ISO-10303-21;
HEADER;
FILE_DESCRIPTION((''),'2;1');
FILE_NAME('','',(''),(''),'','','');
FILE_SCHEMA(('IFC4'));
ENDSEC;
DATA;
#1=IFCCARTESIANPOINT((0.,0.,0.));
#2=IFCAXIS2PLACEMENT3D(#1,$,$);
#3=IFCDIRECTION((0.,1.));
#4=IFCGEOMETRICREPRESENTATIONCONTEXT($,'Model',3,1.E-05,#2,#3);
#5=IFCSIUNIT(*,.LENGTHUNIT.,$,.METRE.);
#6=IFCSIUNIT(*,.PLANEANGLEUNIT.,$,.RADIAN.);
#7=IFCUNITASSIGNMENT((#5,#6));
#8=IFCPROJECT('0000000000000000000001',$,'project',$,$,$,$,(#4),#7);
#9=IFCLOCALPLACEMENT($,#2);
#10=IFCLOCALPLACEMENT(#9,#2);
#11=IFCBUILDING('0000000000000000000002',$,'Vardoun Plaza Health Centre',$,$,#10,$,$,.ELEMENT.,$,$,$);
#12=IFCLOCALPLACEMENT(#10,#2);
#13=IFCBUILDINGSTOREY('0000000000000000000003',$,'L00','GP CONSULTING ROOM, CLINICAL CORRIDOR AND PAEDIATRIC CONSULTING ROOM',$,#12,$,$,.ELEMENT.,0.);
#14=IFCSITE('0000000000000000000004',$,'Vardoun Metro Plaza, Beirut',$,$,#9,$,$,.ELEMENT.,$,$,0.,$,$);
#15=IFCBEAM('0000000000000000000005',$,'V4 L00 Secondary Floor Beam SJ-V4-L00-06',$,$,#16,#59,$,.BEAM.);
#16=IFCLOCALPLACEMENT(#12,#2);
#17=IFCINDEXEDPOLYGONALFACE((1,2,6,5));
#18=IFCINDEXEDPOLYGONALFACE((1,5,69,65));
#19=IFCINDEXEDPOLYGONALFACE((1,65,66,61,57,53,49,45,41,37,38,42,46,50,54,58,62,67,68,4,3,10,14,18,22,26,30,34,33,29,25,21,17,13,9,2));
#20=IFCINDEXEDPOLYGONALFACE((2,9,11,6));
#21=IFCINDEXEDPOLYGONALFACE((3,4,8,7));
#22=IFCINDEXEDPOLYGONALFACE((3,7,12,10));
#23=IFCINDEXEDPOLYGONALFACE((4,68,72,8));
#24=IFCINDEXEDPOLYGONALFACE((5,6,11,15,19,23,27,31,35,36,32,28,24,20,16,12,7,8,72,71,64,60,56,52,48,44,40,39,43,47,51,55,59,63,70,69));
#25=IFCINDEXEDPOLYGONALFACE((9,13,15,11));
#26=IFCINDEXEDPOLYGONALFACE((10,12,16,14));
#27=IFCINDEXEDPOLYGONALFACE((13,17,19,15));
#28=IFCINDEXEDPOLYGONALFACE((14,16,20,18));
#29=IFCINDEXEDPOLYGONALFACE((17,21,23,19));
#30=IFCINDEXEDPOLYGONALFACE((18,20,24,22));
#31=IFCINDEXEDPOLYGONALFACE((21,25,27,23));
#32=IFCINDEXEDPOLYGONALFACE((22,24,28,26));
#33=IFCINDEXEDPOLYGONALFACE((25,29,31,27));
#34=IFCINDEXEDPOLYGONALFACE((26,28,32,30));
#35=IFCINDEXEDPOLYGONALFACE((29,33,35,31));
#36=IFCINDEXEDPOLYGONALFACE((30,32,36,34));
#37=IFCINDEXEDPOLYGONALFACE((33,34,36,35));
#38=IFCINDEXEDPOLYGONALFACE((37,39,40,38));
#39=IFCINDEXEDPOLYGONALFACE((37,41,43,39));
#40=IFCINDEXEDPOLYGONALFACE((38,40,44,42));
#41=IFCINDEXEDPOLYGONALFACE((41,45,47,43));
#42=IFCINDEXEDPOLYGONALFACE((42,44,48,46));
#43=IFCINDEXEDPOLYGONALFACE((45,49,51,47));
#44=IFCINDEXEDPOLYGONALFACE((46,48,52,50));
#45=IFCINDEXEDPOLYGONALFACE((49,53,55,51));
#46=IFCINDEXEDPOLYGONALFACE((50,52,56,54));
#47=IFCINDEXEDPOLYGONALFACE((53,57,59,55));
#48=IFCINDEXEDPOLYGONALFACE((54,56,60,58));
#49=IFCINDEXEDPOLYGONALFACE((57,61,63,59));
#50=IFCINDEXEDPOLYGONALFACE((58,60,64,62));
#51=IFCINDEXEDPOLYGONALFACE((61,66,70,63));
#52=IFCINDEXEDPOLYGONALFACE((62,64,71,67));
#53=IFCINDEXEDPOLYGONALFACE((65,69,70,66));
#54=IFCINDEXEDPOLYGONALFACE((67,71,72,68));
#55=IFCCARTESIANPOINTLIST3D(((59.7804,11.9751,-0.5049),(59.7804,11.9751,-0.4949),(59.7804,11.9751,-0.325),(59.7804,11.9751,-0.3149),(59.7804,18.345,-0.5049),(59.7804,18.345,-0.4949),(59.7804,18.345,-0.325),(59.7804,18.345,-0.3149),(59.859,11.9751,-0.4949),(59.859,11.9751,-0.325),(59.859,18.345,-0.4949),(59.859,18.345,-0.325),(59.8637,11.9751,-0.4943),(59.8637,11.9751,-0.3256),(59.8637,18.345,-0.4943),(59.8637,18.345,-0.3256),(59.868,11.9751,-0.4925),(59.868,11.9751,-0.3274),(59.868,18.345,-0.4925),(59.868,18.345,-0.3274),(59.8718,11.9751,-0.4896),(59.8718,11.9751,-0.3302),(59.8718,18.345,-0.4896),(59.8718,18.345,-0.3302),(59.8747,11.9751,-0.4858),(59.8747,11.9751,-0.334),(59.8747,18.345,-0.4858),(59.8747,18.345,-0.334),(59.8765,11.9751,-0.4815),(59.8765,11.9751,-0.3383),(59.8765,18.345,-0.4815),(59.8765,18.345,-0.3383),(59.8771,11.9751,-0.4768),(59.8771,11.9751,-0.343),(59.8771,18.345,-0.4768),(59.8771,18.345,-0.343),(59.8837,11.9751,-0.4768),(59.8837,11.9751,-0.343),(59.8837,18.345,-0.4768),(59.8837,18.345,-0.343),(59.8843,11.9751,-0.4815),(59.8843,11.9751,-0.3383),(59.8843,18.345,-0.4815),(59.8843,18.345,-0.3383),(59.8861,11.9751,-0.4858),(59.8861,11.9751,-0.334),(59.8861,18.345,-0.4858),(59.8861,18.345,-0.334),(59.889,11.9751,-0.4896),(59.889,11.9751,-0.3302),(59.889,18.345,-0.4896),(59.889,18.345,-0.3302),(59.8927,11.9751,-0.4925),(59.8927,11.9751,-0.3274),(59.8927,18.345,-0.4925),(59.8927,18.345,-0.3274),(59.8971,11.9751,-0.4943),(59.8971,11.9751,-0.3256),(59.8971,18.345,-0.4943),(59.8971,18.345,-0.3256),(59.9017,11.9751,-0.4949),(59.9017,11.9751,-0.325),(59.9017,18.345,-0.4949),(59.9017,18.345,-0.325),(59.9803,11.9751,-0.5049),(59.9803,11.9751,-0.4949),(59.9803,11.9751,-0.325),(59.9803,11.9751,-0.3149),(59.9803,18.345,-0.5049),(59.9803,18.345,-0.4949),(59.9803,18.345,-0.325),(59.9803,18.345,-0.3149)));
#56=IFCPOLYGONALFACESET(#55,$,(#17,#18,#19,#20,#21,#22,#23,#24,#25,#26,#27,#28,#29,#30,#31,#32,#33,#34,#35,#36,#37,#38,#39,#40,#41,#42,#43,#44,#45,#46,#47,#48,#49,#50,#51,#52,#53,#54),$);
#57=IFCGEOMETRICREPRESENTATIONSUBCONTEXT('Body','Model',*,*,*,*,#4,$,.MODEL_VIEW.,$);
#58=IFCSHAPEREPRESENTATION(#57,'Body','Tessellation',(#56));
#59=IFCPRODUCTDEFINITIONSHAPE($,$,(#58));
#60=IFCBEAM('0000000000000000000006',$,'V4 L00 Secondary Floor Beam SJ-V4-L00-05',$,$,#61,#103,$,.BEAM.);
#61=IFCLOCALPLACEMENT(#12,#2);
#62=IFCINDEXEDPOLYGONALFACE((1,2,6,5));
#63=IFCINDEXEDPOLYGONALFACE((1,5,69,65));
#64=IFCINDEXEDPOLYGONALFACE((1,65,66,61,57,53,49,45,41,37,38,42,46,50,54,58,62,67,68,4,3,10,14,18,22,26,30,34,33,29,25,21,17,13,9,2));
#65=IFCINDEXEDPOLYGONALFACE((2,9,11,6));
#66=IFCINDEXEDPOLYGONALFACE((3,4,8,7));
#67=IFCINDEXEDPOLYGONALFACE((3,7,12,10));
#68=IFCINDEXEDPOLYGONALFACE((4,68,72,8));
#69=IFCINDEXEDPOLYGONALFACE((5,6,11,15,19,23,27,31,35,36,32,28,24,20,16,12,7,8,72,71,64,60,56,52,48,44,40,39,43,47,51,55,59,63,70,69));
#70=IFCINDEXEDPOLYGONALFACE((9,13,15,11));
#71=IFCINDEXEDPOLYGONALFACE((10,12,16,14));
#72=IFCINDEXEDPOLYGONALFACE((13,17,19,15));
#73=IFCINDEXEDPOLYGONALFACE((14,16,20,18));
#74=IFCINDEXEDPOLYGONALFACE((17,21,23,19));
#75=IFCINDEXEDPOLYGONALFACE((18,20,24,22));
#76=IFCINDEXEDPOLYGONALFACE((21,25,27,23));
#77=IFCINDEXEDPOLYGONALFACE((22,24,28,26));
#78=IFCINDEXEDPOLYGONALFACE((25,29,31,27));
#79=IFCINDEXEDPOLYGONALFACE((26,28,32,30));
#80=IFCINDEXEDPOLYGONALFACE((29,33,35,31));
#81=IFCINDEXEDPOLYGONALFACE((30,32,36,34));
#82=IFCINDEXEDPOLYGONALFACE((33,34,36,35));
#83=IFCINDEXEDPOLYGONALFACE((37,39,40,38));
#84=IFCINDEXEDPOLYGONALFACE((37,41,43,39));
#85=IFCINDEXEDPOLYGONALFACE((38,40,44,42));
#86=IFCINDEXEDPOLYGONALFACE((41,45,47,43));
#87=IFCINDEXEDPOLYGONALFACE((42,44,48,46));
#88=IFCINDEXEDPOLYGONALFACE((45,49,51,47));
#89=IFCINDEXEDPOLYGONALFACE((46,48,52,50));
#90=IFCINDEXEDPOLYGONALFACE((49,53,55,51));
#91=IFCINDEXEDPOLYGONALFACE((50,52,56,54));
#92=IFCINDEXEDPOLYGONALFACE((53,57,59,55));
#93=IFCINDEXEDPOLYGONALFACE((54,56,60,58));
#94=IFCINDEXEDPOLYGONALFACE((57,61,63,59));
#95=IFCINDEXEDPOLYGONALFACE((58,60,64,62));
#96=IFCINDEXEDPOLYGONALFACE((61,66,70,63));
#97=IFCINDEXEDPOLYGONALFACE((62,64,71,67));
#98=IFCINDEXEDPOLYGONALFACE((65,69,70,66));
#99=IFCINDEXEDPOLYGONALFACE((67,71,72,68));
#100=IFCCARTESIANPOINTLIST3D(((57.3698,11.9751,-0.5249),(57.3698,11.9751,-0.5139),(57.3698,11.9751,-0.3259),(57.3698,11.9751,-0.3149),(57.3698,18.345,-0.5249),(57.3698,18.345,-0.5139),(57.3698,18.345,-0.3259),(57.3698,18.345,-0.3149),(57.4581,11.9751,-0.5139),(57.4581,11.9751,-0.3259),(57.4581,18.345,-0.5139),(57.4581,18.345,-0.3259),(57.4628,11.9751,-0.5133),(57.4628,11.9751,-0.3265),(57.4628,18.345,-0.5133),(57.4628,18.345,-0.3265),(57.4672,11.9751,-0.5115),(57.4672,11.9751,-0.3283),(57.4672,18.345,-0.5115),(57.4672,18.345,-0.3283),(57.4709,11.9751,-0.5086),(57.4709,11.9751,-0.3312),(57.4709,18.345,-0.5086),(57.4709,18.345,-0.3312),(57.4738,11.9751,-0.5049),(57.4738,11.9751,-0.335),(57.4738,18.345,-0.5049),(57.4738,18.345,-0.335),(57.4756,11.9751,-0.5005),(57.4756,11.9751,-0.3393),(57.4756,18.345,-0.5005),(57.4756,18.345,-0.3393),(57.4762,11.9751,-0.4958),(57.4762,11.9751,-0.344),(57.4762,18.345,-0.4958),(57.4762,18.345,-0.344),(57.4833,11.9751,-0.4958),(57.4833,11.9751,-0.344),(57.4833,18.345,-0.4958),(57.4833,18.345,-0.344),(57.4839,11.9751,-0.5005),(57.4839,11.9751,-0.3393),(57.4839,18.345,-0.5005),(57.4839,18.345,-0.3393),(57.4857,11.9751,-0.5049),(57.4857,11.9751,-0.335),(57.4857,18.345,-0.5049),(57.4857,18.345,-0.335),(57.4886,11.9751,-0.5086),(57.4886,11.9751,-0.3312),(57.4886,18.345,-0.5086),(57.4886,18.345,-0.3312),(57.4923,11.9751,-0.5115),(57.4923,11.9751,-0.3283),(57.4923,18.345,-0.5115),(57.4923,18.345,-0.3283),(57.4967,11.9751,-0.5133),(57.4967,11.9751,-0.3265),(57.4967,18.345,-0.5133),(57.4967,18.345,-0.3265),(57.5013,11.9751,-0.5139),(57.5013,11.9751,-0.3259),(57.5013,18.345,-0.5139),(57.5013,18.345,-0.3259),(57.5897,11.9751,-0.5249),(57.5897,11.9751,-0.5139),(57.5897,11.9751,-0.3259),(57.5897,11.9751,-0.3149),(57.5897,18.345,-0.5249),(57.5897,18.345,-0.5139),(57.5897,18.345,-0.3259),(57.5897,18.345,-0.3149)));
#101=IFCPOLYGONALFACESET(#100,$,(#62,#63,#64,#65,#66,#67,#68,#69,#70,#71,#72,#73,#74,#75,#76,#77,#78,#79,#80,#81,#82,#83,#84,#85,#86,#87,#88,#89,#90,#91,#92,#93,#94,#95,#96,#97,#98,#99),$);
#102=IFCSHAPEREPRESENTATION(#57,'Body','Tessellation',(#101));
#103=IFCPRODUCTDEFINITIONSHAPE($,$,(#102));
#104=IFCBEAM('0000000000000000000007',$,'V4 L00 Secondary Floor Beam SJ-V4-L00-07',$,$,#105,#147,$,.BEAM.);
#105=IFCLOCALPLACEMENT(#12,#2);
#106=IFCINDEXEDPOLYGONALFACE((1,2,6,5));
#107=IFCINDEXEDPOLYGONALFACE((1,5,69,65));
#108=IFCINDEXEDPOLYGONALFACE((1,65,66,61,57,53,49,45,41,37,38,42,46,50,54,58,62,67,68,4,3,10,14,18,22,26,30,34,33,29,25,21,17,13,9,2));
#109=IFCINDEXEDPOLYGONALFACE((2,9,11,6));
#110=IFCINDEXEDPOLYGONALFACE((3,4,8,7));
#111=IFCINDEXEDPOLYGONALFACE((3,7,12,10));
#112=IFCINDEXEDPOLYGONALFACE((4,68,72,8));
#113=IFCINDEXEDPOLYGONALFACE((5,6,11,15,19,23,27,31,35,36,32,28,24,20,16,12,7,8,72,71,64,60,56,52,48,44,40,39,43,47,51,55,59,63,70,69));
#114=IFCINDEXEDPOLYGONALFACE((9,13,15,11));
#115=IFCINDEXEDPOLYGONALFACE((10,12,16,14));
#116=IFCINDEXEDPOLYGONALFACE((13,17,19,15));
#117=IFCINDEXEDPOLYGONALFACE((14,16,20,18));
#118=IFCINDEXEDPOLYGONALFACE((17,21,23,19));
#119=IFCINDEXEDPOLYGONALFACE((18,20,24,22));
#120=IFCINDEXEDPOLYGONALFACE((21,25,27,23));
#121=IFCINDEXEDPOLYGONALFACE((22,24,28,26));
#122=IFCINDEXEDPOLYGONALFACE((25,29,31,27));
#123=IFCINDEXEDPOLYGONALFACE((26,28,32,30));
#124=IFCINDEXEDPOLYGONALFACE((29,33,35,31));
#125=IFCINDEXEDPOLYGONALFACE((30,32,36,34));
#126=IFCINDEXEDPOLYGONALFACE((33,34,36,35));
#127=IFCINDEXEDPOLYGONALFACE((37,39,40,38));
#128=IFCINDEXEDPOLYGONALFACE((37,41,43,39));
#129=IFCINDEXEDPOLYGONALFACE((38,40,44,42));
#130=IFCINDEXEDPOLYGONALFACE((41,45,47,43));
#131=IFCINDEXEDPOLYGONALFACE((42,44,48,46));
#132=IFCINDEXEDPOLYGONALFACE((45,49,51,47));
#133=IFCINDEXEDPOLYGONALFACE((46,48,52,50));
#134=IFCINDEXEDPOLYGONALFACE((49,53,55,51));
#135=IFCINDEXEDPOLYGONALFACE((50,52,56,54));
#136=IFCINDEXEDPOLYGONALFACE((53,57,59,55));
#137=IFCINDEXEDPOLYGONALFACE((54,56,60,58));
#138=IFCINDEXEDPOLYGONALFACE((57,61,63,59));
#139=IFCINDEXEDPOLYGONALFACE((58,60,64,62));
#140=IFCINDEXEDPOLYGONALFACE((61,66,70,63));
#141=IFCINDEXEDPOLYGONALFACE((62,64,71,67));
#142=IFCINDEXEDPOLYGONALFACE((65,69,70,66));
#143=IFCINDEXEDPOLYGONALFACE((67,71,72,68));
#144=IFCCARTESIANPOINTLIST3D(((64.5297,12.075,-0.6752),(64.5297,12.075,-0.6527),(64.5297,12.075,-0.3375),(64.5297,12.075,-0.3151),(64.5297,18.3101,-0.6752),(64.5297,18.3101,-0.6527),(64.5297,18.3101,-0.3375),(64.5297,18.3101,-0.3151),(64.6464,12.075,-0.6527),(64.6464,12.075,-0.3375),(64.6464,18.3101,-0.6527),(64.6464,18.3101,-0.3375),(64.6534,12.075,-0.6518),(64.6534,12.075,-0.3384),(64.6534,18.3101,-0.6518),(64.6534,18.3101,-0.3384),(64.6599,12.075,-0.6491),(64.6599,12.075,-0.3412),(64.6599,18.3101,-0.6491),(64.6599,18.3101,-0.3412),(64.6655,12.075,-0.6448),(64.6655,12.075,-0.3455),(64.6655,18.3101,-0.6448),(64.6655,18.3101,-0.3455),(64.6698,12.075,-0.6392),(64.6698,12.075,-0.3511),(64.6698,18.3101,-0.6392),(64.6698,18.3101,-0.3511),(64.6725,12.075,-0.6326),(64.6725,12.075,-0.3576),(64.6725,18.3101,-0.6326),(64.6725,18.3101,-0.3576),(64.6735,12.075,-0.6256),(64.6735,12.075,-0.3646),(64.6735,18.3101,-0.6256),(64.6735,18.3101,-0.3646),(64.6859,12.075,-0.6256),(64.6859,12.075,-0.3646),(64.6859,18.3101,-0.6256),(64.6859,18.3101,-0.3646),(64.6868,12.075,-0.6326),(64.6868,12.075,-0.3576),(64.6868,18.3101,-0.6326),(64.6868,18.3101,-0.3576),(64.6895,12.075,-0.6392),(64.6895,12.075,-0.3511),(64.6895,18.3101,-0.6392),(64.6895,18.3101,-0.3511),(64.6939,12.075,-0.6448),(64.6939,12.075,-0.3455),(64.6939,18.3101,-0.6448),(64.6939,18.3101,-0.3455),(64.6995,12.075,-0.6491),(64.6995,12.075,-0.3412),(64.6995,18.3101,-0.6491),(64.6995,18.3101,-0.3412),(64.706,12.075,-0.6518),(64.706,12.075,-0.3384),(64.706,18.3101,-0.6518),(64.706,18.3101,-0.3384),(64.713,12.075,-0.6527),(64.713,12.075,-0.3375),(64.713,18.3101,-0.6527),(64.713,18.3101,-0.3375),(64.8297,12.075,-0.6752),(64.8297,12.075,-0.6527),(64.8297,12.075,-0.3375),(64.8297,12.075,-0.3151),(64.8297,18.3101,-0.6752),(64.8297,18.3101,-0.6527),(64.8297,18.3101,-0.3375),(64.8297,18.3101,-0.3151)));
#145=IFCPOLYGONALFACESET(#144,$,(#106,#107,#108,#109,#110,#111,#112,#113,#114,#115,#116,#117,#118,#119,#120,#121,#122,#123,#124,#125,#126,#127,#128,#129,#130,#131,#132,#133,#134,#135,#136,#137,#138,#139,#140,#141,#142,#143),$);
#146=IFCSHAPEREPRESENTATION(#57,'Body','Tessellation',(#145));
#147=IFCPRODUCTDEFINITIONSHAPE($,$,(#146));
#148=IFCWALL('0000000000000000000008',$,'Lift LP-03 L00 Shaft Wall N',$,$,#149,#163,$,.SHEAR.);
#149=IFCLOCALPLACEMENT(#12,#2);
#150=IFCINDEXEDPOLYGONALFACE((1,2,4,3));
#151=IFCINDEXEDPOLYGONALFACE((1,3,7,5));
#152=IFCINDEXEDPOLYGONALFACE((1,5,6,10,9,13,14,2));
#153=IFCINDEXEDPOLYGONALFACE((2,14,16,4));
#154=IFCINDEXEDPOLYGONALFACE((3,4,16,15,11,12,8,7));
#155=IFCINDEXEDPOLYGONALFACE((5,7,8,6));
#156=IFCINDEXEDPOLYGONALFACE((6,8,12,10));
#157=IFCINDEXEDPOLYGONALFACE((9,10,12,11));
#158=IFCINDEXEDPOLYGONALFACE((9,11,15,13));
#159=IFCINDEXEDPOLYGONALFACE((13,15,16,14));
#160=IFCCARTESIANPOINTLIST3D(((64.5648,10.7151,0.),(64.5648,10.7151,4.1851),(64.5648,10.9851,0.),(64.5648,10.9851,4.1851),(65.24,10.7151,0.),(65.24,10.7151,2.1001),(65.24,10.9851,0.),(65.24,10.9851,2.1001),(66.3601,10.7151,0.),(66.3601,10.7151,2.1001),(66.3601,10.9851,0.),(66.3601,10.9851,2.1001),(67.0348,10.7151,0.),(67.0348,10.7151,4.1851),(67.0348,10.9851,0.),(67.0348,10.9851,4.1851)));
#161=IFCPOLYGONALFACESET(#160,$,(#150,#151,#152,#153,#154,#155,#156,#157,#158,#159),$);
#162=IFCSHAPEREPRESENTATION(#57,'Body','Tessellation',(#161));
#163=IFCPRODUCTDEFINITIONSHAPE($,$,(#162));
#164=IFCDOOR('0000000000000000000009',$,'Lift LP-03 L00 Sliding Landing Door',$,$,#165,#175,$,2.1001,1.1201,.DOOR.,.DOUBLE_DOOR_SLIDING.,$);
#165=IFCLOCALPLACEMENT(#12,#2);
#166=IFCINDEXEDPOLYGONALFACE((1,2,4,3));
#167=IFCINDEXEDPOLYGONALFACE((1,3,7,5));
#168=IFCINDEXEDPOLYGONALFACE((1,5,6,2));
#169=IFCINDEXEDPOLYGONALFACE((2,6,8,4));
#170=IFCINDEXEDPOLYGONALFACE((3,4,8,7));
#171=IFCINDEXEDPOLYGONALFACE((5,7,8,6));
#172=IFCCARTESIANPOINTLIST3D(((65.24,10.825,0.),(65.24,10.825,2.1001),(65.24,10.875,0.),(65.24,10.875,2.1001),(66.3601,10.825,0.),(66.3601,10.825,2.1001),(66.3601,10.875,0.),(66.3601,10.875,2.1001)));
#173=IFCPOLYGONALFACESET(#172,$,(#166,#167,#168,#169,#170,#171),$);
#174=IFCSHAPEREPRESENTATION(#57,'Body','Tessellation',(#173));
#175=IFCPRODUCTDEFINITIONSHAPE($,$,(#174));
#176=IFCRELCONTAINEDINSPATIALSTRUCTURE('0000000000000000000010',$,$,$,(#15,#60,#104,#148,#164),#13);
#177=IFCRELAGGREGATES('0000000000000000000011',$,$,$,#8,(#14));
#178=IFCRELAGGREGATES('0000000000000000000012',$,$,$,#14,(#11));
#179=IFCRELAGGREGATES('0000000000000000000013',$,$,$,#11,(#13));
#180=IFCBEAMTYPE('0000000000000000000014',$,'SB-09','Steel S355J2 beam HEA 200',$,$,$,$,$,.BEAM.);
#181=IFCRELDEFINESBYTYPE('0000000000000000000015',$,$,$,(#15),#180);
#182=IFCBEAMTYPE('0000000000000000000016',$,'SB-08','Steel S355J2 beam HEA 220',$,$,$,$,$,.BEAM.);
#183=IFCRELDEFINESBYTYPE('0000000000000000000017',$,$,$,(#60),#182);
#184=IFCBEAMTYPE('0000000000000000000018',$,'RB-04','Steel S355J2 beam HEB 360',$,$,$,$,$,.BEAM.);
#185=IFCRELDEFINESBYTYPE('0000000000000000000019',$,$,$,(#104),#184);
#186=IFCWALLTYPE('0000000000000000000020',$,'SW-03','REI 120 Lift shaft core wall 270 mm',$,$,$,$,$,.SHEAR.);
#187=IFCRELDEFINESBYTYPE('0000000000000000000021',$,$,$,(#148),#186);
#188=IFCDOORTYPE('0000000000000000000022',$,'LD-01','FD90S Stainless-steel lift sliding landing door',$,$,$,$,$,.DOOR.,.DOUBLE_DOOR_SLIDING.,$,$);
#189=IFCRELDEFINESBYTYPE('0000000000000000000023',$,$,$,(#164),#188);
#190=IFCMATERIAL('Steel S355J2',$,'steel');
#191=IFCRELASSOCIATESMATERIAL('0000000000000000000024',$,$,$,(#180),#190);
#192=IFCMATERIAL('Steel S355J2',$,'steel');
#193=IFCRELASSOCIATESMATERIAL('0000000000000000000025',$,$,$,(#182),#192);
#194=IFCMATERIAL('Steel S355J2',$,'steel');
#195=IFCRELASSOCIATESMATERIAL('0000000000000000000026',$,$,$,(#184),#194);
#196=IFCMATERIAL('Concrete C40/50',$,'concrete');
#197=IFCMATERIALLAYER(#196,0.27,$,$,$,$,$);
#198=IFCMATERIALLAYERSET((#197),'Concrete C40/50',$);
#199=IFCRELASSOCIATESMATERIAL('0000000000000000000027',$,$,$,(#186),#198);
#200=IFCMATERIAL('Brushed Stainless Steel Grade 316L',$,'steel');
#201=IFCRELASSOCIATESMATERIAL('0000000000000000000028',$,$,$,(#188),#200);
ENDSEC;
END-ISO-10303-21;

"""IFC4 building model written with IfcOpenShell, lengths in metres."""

from ifc_helpers import new_model, si_unit, direction, frame, frame_2d, origin, origin_2d, place, context, subcontext, project, spatial, rectangle, i_section, extrude, material, layer, layer_set, material_profile, profile_set, type_object, element, fill, save


model = new_model("IFC4")

# Units and contexts
model_context = context("Model", 3, precision=1e-05, world=origin(), true_north=direction((0.0, 1.0)))
body_context = subcontext(model_context, "Body", "Model", "MODEL_VIEW")
ifc_project = project(units=[si_unit("LENGTHUNIT", "METRE"), si_unit("PLANEANGLEUNIT", "RADIAN")], contexts=[model_context])

# Site, building, storey
site_placement = place(None, origin())
site = spatial("IfcSite", under=ifc_project, at=site_placement, Name="Vardoun Metro Plaza, Beirut", CompositionType="ELEMENT", RefElevation=0.0)
building_placement = place(site_placement, origin())
building = spatial("IfcBuilding", under=site, at=building_placement, Name="Vardoun Plaza Health Centre", CompositionType="ELEMENT")
storey_placement = place(building_placement, origin())
storey = spatial("IfcBuildingStorey", under=building, at=storey_placement, Name="L00", Description="GP CONSULTING ROOM, CLINICAL CORRIDOR AND PAEDIATRIC CONSULTING ROOM", CompositionType="ELEMENT", Elevation=0.0)

# Beams
ifc_material_1 = material(Name="Steel S355J2", Category="steel")
ifc_material_profile_1 = material_profile(ifc_material_1, i_section(OverallWidth=0.2, OverallDepth=0.1899, WebThickness=0.0066, FlangeThickness=0.01, FilletRadius=0.0181, at=origin_2d()), Name="HEA 200")
ifc_profile_set_1 = profile_set([ifc_material_profile_1], Name="Steel S355J2")
beam_type_1 = type_object("IfcBeamType", Name="SB-09", Description="Steel S355J2 beam HEA 200", PredefinedType="BEAM", material=ifc_profile_set_1)
beam_1_placement = place(storey_placement, frame((59.8804, 11.9751, -0.4099), z_axis=(0.0, 1.0, 0.0), x_axis=(-1.0, 0.0, 0.0)))
element("IfcBeam", 1, at=beam_1_placement, inside=storey, type_object=beam_type_1, Name="V4 L00 Secondary Floor Beam SJ-V4-L00-06", PredefinedType="BEAM", context=body_context, shape_type="SweptSolid", body=[
    extrude(i_section(OverallWidth=0.2, OverallDepth=0.1899, WebThickness=0.0066, FlangeThickness=0.01, FilletRadius=0.0181, at=origin_2d()), origin(), (0.0, 0.0, 1.0), 6.3699),
])
ifc_material_2 = material(Name="Steel S355J2", Category="steel")
ifc_material_profile_2 = material_profile(ifc_material_2, i_section(OverallWidth=0.22, OverallDepth=0.21, WebThickness=0.0071, FlangeThickness=0.011, FilletRadius=0.0181, at=origin_2d()), Name="HEA 220")
ifc_profile_set_2 = profile_set([ifc_material_profile_2], Name="Steel S355J2")
beam_type_2 = type_object("IfcBeamType", Name="SB-08", Description="Steel S355J2 beam HEA 220", PredefinedType="BEAM", material=ifc_profile_set_2)
beam_2_placement = place(storey_placement, frame((57.4797, 11.9751, -0.4199), z_axis=(0.0, 1.0, 0.0), x_axis=(-1.0, 0.0, 0.0)))
element("IfcBeam", 2, at=beam_2_placement, inside=storey, type_object=beam_type_2, Name="V4 L00 Secondary Floor Beam SJ-V4-L00-05", PredefinedType="BEAM", context=body_context, shape_type="SweptSolid", body=[
    extrude(i_section(OverallWidth=0.22, OverallDepth=0.21, WebThickness=0.0071, FlangeThickness=0.011, FilletRadius=0.0181, at=origin_2d()), origin(), (0.0, 0.0, 1.0), 6.3699),
])
ifc_material_3 = material(Name="Steel S355J2", Category="steel")
ifc_material_profile_3 = material_profile(ifc_material_3, i_section(OverallWidth=0.3, OverallDepth=0.3601, WebThickness=0.0125, FlangeThickness=0.0225, FilletRadius=0.0271, at=origin_2d()), Name="HEB 360")
ifc_profile_set_3 = profile_set([ifc_material_profile_3], Name="Steel S355J2")
beam_type_3 = type_object("IfcBeamType", Name="RB-04", Description="Steel S355J2 beam HEB 360", PredefinedType="BEAM", material=ifc_profile_set_3)
beam_3_placement = place(storey_placement, frame((64.6797, 12.075, -0.4951), z_axis=(0.0, 1.0, 0.0), x_axis=(-1.0, 0.0, 0.0)))
element("IfcBeam", 3, at=beam_3_placement, inside=storey, type_object=beam_type_3, Name="V4 L00 Secondary Floor Beam SJ-V4-L00-07", PredefinedType="BEAM", context=body_context, shape_type="SweptSolid", body=[
    extrude(i_section(OverallWidth=0.3, OverallDepth=0.3601, WebThickness=0.0125, FlangeThickness=0.0225, FilletRadius=0.0271, at=origin_2d()), origin(), (0.0, 0.0, 1.0), 6.2351),
])

# Wall, opening, door
ifc_material_4 = material(Name="Concrete C40/50", Category="concrete")
ifc_layer_1 = layer(ifc_material_4, 0.27)
ifc_layer_set_1 = layer_set([ifc_layer_1], Name="Concrete C40/50")
wall_type_1 = type_object("IfcWallType", Name="SW-03", Description="REI 120 Lift shaft core wall 270 mm", PredefinedType="SHEAR", material=ifc_layer_set_1)
wall_1_placement = place(storey_placement, frame((64.5649, 10.8501, 0.0), z_axis=(0.0, 0.0, 1.0), x_axis=(1.0, 0.0, 0.0)))
wall_1 = element("IfcWall", 4, at=wall_1_placement, inside=storey, type_object=wall_type_1, Name="Lift LP-03 L00 Shaft Wall N", PredefinedType="SHEAR", context=body_context, shape_type="SweptSolid", body=[
    extrude(rectangle(XDim=2.47, YDim=0.27, at=frame_2d((1.2349, 0.0))), origin(), (0.0, 0.0, 1.0), 4.1851),
])
opening_1_placement = place(wall_1_placement, frame((0.675, 0.0, 0.0)))
opening_1 = element("IfcOpeningElement", 5, at=opening_1_placement, cuts=wall_1, PredefinedType="OPENING", context=body_context, shape_type="SweptSolid", body=[
    extrude(rectangle(XDim=1.1201, YDim=2.1001, at=frame_2d((0.5601, 1.05))), frame((0.0, 0.135, 0.0), z_axis=(0.0, -1.0, 0.0), x_axis=(1.0, 0.0, 0.0)), (0.0, 0.0, 1.0), 0.27),
])
ifc_material_5 = material(Name="Brushed Stainless Steel Grade 316L", Category="steel")
door_type_1 = type_object("IfcDoorType", Name="LD-01", Description="FD90S Stainless-steel lift sliding landing door", OperationType="DOUBLE_DOOR_SLIDING", PredefinedType="DOOR", material=ifc_material_5)
door_1_placement = place(opening_1_placement, origin())
door_1 = element("IfcDoor", 6, at=door_1_placement, inside=storey, type_object=door_type_1, Name="Lift LP-03 L00 Sliding Landing Door", OperationType="DOUBLE_DOOR_SLIDING", OverallHeight=2.1001, OverallWidth=1.1201, PredefinedType="DOOR", context=body_context, shape_type="SweptSolid", body=[
    extrude(rectangle(XDim=1.1201, YDim=2.1001, at=frame_2d((0.5601, 1.05))), frame((0.0, 0.0249, 0.0), z_axis=(0.0, -1.0, 0.0), x_axis=(1.0, 0.0, 0.0)), (0.0, 0.0, 1.0), 0.05),
])
fill(opening_1, door_1)

save(model, "model.ifc")
